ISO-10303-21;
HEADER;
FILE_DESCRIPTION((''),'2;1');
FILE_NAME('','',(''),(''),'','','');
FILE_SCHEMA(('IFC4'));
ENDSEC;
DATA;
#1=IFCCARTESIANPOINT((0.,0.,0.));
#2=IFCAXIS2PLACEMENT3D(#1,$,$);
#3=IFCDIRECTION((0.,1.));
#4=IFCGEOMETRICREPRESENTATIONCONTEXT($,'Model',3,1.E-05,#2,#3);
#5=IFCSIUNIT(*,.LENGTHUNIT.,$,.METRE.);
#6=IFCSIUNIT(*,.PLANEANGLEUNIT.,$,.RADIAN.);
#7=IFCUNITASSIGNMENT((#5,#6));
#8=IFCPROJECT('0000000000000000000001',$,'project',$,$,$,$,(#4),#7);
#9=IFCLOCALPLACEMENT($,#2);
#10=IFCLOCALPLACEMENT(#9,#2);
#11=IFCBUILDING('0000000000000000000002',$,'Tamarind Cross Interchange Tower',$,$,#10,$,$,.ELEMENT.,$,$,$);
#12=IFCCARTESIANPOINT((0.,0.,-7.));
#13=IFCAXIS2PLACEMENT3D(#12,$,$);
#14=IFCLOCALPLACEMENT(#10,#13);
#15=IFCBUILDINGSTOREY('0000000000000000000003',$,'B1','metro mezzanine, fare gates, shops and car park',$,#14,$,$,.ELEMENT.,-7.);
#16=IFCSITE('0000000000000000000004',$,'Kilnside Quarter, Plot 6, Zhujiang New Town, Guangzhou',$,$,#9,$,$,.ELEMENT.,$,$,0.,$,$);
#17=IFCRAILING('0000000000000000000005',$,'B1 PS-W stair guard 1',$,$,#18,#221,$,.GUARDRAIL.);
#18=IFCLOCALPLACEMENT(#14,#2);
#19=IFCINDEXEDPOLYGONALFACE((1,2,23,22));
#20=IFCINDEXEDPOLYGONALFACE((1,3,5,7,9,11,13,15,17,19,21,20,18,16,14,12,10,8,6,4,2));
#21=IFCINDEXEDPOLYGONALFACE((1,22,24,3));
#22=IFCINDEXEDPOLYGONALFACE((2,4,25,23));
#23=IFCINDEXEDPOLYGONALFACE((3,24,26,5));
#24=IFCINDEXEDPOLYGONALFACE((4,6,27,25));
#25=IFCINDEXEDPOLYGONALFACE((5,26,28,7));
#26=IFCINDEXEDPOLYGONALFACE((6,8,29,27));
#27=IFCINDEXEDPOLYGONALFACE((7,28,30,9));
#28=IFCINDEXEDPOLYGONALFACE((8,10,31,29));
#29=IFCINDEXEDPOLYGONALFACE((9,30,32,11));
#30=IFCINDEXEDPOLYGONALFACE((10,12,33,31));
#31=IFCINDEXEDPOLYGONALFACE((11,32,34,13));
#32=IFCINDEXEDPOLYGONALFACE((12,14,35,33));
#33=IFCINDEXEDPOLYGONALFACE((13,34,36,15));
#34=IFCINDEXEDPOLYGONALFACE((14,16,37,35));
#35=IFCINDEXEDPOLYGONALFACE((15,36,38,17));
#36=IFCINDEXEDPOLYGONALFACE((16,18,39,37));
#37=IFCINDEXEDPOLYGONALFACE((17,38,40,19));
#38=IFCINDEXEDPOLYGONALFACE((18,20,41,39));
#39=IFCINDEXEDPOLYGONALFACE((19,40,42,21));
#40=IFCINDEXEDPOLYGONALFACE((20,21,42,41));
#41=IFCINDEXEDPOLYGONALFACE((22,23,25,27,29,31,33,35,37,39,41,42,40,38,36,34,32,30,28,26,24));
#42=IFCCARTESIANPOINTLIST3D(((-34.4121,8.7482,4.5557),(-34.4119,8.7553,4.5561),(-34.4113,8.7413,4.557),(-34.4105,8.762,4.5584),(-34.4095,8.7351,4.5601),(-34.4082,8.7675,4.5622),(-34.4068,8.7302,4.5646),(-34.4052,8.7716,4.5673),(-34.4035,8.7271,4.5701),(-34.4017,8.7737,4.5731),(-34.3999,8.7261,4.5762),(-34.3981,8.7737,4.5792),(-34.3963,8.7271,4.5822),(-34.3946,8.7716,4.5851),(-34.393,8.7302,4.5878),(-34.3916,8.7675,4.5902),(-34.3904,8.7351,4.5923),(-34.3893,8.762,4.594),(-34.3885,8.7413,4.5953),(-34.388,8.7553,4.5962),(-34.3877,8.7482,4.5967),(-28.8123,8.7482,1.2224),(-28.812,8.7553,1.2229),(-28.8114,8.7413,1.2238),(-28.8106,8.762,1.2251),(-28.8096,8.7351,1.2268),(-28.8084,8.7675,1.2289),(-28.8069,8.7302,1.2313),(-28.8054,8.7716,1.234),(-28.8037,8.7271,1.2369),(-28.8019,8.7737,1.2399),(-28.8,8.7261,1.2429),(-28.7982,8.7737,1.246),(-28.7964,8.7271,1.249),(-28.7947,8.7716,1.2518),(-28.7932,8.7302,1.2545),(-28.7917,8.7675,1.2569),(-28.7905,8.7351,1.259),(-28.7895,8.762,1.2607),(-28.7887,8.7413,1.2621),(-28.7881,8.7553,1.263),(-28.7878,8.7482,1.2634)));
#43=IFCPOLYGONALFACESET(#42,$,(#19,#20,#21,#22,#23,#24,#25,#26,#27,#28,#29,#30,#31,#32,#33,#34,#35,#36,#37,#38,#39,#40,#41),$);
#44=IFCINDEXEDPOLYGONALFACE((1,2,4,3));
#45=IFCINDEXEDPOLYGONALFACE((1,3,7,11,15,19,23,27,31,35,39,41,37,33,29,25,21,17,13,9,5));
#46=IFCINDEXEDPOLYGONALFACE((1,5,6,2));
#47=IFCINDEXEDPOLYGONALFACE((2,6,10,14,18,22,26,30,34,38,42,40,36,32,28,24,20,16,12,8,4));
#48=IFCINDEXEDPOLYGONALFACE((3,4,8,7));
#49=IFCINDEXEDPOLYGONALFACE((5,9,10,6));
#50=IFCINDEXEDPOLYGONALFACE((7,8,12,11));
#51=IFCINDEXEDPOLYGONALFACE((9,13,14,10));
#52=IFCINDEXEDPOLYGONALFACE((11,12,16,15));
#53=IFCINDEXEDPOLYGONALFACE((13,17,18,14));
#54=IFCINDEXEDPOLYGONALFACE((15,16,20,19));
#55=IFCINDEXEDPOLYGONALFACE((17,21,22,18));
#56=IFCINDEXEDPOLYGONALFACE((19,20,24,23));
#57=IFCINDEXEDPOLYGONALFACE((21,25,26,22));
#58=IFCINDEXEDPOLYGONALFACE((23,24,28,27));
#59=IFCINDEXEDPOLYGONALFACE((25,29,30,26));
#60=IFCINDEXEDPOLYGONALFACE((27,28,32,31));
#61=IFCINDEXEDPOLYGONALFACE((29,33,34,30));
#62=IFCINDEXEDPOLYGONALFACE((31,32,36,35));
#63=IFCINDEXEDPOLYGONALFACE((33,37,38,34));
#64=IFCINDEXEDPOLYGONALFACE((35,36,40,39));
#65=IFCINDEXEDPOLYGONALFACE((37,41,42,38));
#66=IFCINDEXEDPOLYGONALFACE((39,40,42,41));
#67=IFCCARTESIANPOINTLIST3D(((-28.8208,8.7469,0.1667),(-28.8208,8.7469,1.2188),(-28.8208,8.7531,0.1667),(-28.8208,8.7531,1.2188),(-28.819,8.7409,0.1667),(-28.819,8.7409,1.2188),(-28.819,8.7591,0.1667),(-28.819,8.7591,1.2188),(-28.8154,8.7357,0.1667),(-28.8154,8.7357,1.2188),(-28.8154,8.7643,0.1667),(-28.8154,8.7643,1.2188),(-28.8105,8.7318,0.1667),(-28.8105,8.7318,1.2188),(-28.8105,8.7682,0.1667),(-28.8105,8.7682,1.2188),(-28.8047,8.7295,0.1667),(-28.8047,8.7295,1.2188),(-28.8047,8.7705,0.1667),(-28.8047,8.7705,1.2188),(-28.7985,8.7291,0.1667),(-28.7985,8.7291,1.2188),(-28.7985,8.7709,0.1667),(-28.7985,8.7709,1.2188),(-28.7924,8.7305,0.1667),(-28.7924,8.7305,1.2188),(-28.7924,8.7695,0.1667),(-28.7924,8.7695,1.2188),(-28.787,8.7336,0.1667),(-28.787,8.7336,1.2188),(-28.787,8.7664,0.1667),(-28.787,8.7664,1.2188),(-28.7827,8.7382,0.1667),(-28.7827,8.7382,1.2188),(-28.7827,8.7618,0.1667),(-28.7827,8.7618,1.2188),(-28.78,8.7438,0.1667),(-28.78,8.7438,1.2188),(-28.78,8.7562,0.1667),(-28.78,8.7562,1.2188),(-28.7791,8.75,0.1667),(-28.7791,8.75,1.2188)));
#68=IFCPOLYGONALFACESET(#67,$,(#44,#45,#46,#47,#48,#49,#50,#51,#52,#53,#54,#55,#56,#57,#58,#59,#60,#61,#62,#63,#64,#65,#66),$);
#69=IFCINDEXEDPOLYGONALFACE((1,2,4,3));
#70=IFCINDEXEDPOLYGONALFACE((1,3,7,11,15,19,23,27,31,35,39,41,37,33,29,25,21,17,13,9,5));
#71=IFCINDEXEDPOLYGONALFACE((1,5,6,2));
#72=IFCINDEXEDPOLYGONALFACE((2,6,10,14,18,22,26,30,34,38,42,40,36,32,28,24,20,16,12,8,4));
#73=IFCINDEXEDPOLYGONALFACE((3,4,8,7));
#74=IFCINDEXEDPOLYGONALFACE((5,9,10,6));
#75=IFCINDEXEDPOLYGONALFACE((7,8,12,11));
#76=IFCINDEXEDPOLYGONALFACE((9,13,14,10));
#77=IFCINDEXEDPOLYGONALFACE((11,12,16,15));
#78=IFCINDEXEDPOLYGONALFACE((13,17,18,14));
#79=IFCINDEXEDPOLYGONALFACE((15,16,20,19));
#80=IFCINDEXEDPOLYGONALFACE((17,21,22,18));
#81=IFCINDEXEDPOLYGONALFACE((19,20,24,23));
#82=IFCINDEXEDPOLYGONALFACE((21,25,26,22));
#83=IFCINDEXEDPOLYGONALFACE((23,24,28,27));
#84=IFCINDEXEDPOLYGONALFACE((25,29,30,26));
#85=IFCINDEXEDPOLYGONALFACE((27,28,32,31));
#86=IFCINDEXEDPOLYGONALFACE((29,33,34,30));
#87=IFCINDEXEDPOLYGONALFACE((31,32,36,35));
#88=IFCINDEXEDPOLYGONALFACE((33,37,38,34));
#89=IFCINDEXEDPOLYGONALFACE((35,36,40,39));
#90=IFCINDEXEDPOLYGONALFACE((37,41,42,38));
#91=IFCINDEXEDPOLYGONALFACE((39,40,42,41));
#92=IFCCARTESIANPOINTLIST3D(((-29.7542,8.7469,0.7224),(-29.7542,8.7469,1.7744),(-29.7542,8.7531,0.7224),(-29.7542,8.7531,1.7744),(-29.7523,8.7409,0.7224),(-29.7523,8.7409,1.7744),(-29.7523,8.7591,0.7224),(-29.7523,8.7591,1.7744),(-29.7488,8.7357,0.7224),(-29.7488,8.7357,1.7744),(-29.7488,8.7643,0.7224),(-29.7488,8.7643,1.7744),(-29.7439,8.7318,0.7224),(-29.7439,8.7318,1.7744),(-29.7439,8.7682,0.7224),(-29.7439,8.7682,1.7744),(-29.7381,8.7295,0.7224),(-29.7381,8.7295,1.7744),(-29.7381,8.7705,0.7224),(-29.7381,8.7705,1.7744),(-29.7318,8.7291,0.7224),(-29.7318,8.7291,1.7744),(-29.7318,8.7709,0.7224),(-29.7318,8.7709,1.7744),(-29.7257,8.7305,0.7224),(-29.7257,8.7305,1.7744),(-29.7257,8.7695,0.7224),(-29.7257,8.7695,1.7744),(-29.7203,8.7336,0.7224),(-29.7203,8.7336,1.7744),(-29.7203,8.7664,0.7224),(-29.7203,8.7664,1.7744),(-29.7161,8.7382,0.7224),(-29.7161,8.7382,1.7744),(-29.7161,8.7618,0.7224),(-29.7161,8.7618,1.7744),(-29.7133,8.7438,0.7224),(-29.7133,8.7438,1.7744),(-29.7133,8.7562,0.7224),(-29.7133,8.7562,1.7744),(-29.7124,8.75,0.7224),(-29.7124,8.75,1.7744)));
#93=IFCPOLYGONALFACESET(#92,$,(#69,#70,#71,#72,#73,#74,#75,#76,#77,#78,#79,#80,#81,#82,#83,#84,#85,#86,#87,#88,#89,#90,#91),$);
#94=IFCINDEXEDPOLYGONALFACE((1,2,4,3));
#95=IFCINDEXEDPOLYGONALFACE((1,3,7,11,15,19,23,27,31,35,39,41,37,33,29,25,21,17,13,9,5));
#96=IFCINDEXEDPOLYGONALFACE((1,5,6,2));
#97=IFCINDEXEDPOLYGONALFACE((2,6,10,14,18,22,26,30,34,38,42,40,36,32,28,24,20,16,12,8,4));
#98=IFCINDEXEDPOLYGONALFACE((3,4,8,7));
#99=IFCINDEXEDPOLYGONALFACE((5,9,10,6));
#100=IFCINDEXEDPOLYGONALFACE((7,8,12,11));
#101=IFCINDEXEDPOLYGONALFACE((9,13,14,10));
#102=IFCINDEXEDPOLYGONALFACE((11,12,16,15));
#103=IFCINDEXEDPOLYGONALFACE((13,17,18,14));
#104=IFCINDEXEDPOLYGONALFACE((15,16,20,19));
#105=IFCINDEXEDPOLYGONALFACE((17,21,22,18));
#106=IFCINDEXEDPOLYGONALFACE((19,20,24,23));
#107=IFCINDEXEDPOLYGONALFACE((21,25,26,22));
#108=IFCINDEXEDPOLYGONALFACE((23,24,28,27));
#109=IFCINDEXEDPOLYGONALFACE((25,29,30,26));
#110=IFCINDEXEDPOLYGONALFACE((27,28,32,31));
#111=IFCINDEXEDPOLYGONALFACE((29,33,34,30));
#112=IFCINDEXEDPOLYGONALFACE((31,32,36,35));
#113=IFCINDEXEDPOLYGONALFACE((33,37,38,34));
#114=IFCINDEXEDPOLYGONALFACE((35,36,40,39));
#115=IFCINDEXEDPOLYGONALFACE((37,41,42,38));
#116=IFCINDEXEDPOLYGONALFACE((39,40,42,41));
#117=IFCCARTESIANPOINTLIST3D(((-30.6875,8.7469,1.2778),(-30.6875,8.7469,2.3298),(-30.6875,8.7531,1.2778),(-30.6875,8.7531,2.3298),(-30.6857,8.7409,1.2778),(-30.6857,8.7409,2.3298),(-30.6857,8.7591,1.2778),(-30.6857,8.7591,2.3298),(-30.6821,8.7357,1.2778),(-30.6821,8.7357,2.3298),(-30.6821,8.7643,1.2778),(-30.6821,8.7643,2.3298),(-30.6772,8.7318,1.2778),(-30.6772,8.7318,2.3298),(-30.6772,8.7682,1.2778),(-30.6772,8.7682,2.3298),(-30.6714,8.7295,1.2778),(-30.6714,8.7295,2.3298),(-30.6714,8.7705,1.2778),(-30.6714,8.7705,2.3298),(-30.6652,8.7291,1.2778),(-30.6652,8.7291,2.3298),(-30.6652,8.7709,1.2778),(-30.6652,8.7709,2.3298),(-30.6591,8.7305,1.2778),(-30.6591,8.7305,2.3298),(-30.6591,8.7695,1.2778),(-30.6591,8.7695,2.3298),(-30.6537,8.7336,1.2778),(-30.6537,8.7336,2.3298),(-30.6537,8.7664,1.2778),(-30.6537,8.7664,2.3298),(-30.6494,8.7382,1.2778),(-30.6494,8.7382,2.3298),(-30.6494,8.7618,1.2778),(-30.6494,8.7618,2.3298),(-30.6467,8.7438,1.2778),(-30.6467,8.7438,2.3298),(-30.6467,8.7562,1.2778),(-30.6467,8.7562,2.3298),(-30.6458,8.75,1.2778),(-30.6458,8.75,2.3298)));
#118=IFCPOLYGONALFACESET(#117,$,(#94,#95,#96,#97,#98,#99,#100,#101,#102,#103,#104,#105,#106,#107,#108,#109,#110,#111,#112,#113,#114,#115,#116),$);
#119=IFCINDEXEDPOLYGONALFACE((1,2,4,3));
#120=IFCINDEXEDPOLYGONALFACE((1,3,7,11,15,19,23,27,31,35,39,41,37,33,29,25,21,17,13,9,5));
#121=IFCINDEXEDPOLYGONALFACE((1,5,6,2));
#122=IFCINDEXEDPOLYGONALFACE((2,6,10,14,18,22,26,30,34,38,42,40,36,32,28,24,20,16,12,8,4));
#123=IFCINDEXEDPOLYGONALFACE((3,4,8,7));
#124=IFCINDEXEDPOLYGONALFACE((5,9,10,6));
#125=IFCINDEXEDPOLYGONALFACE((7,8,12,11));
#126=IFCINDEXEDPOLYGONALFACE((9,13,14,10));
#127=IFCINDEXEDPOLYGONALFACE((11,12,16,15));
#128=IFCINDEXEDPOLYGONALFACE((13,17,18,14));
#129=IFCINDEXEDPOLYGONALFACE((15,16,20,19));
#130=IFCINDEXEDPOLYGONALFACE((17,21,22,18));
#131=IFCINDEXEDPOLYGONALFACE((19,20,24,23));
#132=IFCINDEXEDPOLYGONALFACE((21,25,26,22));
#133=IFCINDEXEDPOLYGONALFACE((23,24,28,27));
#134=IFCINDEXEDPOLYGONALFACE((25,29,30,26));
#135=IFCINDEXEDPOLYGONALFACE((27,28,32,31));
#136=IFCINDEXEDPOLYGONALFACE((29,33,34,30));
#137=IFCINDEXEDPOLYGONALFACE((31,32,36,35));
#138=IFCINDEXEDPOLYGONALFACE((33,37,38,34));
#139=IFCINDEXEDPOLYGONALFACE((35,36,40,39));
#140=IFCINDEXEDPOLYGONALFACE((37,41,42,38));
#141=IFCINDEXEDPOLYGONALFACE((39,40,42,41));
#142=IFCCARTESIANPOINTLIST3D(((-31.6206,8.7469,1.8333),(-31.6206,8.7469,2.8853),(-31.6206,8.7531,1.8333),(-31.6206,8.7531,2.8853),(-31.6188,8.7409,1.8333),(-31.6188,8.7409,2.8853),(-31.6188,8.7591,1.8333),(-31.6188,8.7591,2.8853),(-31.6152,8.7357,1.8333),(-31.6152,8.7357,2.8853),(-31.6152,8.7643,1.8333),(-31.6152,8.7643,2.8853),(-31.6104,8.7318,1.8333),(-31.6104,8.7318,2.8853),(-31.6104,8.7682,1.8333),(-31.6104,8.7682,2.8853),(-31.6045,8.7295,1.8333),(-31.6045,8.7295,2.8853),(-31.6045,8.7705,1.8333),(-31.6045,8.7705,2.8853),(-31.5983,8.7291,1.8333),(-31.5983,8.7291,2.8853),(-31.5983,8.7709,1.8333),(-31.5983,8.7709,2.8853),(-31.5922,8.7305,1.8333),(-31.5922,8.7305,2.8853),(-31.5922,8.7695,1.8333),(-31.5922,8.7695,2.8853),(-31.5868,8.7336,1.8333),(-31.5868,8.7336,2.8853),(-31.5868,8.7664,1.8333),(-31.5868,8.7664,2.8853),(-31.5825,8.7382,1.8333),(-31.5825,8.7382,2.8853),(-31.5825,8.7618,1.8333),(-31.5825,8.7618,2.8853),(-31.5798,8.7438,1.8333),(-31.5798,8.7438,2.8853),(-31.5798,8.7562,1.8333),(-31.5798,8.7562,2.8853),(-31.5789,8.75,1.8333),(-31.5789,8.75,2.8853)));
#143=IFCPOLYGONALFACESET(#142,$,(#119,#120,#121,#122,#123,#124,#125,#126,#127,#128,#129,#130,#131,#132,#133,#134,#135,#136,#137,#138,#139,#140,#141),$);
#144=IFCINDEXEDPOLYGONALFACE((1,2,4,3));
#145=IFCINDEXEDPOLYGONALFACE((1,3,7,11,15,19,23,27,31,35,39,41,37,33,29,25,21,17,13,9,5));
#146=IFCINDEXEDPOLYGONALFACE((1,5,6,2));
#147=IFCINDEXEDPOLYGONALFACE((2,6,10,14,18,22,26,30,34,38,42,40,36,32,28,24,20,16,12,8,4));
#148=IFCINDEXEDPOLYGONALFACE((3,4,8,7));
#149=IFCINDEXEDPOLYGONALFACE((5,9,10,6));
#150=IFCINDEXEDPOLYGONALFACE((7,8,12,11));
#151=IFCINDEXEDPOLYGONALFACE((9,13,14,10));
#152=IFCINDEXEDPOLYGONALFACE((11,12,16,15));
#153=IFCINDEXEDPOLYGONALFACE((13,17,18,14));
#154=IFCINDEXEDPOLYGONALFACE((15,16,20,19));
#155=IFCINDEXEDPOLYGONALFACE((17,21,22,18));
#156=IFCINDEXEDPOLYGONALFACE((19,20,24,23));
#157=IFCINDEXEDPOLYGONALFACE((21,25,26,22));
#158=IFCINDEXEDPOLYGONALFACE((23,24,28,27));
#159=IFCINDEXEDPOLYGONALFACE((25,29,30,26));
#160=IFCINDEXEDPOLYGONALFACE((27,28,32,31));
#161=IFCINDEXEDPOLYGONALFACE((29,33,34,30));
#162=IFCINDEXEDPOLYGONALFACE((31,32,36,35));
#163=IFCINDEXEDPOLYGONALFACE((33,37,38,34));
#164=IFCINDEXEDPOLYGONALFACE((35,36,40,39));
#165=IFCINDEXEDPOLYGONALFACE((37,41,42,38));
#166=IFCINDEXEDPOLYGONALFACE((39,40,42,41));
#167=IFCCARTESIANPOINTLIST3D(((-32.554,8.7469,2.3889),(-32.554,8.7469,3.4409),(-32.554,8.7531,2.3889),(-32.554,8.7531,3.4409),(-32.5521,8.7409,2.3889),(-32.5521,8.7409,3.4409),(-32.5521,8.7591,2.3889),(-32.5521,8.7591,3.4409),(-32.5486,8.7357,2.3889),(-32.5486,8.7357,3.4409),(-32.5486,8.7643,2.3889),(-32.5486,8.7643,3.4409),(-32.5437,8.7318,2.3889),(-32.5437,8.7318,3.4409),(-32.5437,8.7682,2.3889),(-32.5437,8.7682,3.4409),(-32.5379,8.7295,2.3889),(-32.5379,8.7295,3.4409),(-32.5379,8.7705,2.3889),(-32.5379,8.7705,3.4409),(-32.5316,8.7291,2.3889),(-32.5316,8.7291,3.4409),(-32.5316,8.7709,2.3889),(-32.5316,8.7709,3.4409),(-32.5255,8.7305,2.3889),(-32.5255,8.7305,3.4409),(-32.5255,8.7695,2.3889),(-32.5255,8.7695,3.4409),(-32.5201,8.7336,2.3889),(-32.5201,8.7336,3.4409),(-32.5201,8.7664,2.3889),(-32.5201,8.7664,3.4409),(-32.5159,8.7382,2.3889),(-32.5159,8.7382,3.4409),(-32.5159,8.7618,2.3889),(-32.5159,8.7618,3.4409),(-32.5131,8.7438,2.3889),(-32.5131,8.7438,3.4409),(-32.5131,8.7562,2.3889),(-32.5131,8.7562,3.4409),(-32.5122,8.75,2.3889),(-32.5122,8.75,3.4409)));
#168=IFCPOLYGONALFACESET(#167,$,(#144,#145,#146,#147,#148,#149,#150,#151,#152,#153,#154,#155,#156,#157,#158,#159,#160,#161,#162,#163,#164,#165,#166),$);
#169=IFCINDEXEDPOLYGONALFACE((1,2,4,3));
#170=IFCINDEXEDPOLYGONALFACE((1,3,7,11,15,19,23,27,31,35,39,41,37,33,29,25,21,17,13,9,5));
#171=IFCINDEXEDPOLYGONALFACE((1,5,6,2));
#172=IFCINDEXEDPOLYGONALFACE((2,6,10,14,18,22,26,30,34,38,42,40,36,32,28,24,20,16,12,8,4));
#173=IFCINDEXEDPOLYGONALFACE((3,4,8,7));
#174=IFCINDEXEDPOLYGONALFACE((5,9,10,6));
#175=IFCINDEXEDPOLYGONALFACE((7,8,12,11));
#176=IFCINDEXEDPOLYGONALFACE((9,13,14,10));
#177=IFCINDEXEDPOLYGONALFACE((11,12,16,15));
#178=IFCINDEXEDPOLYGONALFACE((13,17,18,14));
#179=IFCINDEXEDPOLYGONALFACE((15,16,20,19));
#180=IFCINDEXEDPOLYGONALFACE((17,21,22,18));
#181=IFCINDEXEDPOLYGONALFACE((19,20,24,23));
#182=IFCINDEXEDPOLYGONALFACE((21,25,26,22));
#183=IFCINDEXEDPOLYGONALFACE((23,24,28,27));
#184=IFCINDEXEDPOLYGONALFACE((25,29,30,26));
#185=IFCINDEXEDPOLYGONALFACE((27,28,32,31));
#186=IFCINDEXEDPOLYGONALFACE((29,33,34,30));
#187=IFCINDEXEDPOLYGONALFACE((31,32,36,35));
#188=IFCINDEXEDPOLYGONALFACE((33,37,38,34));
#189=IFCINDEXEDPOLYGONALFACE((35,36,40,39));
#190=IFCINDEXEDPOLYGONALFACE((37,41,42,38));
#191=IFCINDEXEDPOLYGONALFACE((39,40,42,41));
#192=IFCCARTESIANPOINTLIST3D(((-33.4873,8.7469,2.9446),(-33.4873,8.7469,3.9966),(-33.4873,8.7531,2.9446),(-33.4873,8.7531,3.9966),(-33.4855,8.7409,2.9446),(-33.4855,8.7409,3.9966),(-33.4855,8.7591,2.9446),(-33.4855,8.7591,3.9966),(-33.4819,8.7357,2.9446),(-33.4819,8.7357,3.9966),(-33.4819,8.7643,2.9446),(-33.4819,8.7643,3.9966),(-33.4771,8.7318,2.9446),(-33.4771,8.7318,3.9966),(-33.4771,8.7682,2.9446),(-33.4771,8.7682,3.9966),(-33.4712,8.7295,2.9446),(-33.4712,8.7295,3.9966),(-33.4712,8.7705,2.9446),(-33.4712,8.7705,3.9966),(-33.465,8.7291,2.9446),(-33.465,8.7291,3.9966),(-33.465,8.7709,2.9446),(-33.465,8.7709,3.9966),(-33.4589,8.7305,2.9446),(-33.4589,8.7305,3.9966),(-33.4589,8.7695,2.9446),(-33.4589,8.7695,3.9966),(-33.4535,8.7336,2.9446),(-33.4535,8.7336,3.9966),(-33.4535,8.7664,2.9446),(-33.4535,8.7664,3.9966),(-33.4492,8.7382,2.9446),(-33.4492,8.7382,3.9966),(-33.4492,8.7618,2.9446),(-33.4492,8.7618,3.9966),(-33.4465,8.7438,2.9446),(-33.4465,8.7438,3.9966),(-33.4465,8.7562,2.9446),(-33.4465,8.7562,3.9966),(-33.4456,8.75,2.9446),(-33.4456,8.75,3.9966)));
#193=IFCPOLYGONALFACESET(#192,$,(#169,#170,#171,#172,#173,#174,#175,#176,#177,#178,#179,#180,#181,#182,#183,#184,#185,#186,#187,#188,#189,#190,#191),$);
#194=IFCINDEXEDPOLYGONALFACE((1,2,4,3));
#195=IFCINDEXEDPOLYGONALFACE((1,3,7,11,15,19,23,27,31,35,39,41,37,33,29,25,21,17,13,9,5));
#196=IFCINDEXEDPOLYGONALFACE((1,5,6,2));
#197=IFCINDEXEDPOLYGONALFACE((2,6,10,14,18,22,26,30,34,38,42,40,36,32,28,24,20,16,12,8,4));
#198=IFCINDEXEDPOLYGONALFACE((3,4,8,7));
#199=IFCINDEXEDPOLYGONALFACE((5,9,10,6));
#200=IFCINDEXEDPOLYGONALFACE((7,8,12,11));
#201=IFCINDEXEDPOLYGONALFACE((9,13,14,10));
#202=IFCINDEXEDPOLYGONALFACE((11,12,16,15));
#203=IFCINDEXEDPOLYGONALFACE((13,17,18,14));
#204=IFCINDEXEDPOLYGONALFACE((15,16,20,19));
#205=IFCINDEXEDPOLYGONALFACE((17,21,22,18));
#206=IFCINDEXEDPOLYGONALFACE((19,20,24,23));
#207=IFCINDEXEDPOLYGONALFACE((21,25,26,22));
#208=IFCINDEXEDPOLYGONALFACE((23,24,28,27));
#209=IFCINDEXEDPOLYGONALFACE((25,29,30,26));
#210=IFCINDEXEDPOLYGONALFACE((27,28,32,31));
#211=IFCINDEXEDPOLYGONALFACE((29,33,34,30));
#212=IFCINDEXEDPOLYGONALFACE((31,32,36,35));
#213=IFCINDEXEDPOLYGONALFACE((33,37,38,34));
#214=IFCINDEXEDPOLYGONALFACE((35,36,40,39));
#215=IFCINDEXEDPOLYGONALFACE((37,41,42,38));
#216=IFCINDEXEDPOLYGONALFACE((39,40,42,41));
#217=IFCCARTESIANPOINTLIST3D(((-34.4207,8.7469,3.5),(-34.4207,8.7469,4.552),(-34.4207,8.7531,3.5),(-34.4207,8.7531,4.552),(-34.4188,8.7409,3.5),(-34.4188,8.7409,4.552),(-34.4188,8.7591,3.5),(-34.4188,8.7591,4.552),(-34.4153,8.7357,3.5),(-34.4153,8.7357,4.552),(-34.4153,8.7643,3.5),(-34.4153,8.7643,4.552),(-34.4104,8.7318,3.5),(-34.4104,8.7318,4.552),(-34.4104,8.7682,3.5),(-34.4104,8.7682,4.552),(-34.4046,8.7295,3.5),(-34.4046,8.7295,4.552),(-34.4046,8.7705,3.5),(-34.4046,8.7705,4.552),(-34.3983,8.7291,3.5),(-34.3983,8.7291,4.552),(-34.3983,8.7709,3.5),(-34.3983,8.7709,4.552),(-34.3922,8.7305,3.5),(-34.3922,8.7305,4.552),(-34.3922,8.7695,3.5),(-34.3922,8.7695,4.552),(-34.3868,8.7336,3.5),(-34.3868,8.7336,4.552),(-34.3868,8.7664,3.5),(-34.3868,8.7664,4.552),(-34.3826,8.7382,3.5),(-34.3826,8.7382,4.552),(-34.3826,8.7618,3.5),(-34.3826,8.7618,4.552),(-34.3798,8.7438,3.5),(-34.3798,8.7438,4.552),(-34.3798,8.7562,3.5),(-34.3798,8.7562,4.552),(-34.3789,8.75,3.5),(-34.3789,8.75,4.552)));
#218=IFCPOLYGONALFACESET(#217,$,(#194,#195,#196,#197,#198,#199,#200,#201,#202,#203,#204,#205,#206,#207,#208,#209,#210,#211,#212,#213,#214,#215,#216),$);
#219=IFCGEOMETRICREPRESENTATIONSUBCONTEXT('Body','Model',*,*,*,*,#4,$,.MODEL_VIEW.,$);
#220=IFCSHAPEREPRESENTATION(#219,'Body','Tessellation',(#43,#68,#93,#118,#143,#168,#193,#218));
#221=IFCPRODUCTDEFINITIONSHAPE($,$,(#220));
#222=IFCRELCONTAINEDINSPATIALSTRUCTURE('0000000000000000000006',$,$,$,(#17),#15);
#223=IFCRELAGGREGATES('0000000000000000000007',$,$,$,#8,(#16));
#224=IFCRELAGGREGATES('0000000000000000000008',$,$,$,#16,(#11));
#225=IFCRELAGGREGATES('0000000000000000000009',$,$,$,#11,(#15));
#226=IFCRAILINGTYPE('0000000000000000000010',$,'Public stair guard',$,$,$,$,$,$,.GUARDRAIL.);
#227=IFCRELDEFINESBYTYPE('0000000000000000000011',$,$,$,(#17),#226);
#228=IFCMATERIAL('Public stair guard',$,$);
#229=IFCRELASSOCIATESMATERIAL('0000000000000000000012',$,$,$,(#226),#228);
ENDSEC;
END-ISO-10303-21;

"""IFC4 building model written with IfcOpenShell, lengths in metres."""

from ifc_helpers import new_model, si_unit, direction, frame, origin, origin_2d, place, context, subcontext, project, spatial, circle, extrude, material, type_object, element, save


model = new_model("IFC4")

# Units and contexts
model_context = context("Model", 3, precision=1e-05, world=origin(), true_north=direction((0.0, 1.0)))
body_context = subcontext(model_context, "Body", "Model", "MODEL_VIEW")
ifc_project = project(units=[si_unit("LENGTHUNIT", "METRE"), si_unit("PLANEANGLEUNIT", "RADIAN")], contexts=[model_context])

# Site, building, storey
site_placement = place(None, origin())
site = spatial("IfcSite", under=ifc_project, at=site_placement, Name="Kilnside Quarter, Plot 6, Zhujiang New Town, Guangzhou", CompositionType="ELEMENT", RefElevation=0.0)
building_placement = place(site_placement, origin())
building = spatial("IfcBuilding", under=site, at=building_placement, Name="Tamarind Cross Interchange Tower", CompositionType="ELEMENT")
storey_placement = place(building_placement, frame((0.0, 0.0, -7.0)))
storey = spatial("IfcBuildingStorey", under=building, at=storey_placement, Name="B1", Description="metro mezzanine, fare gates, shops and car park", CompositionType="ELEMENT", Elevation=-7.0)

# Railing
ifc_material_1 = material(Name="Public stair guard")
railing_type_1 = type_object("IfcRailingType", Name="Public stair guard", PredefinedType="GUARDRAIL", material=ifc_material_1)
railing_1_placement = place(storey_placement, frame((-28.8, 8.75, 0.1667)))
element("IfcRailing", 1, at=railing_1_placement, inside=storey, type_object=railing_type_1, Name="B1 PS-W stair guard 1", PredefinedType="GUARDRAIL", context=body_context, shape_type="SweptSolid", body=[
    extrude(circle(Radius=0.0239, at=origin_2d()), frame((0.0, 0.0, 1.0762), z_axis=(-0.859292, 0.0, 0.511485), x_axis=(0.0, -1.0, 0.0)), (0.0, 0.0, 1.0), 6.5168),
    extrude(circle(Radius=0.021, at=origin_2d()), origin(), (0.0, 0.0, 1.0), 1.052),
    extrude(circle(Radius=0.021, at=origin_2d()), frame((-0.9333, 0.0, 0.5557)), (0.0, 0.0, 1.0), 1.052),
    extrude(circle(Radius=0.021, at=origin_2d()), frame((-1.8667, 0.0, 1.1111)), (0.0, 0.0, 1.0), 1.052),
    extrude(circle(Radius=0.021, at=origin_2d()), frame((-2.7998, 0.0, 1.6665)), (0.0, 0.0, 1.0), 1.052),
    extrude(circle(Radius=0.021, at=origin_2d()), frame((-3.7332, 0.0, 2.2222)), (0.0, 0.0, 1.0), 1.052),
    extrude(circle(Radius=0.021, at=origin_2d()), frame((-4.6665, 0.0, 2.7778)), (0.0, 0.0, 1.0), 1.052),
    extrude(circle(Radius=0.021, at=origin_2d()), frame((-5.5999, 0.0, 3.3333)), (0.0, 0.0, 1.0), 1.052),
])

save(model, "model.ifc")
